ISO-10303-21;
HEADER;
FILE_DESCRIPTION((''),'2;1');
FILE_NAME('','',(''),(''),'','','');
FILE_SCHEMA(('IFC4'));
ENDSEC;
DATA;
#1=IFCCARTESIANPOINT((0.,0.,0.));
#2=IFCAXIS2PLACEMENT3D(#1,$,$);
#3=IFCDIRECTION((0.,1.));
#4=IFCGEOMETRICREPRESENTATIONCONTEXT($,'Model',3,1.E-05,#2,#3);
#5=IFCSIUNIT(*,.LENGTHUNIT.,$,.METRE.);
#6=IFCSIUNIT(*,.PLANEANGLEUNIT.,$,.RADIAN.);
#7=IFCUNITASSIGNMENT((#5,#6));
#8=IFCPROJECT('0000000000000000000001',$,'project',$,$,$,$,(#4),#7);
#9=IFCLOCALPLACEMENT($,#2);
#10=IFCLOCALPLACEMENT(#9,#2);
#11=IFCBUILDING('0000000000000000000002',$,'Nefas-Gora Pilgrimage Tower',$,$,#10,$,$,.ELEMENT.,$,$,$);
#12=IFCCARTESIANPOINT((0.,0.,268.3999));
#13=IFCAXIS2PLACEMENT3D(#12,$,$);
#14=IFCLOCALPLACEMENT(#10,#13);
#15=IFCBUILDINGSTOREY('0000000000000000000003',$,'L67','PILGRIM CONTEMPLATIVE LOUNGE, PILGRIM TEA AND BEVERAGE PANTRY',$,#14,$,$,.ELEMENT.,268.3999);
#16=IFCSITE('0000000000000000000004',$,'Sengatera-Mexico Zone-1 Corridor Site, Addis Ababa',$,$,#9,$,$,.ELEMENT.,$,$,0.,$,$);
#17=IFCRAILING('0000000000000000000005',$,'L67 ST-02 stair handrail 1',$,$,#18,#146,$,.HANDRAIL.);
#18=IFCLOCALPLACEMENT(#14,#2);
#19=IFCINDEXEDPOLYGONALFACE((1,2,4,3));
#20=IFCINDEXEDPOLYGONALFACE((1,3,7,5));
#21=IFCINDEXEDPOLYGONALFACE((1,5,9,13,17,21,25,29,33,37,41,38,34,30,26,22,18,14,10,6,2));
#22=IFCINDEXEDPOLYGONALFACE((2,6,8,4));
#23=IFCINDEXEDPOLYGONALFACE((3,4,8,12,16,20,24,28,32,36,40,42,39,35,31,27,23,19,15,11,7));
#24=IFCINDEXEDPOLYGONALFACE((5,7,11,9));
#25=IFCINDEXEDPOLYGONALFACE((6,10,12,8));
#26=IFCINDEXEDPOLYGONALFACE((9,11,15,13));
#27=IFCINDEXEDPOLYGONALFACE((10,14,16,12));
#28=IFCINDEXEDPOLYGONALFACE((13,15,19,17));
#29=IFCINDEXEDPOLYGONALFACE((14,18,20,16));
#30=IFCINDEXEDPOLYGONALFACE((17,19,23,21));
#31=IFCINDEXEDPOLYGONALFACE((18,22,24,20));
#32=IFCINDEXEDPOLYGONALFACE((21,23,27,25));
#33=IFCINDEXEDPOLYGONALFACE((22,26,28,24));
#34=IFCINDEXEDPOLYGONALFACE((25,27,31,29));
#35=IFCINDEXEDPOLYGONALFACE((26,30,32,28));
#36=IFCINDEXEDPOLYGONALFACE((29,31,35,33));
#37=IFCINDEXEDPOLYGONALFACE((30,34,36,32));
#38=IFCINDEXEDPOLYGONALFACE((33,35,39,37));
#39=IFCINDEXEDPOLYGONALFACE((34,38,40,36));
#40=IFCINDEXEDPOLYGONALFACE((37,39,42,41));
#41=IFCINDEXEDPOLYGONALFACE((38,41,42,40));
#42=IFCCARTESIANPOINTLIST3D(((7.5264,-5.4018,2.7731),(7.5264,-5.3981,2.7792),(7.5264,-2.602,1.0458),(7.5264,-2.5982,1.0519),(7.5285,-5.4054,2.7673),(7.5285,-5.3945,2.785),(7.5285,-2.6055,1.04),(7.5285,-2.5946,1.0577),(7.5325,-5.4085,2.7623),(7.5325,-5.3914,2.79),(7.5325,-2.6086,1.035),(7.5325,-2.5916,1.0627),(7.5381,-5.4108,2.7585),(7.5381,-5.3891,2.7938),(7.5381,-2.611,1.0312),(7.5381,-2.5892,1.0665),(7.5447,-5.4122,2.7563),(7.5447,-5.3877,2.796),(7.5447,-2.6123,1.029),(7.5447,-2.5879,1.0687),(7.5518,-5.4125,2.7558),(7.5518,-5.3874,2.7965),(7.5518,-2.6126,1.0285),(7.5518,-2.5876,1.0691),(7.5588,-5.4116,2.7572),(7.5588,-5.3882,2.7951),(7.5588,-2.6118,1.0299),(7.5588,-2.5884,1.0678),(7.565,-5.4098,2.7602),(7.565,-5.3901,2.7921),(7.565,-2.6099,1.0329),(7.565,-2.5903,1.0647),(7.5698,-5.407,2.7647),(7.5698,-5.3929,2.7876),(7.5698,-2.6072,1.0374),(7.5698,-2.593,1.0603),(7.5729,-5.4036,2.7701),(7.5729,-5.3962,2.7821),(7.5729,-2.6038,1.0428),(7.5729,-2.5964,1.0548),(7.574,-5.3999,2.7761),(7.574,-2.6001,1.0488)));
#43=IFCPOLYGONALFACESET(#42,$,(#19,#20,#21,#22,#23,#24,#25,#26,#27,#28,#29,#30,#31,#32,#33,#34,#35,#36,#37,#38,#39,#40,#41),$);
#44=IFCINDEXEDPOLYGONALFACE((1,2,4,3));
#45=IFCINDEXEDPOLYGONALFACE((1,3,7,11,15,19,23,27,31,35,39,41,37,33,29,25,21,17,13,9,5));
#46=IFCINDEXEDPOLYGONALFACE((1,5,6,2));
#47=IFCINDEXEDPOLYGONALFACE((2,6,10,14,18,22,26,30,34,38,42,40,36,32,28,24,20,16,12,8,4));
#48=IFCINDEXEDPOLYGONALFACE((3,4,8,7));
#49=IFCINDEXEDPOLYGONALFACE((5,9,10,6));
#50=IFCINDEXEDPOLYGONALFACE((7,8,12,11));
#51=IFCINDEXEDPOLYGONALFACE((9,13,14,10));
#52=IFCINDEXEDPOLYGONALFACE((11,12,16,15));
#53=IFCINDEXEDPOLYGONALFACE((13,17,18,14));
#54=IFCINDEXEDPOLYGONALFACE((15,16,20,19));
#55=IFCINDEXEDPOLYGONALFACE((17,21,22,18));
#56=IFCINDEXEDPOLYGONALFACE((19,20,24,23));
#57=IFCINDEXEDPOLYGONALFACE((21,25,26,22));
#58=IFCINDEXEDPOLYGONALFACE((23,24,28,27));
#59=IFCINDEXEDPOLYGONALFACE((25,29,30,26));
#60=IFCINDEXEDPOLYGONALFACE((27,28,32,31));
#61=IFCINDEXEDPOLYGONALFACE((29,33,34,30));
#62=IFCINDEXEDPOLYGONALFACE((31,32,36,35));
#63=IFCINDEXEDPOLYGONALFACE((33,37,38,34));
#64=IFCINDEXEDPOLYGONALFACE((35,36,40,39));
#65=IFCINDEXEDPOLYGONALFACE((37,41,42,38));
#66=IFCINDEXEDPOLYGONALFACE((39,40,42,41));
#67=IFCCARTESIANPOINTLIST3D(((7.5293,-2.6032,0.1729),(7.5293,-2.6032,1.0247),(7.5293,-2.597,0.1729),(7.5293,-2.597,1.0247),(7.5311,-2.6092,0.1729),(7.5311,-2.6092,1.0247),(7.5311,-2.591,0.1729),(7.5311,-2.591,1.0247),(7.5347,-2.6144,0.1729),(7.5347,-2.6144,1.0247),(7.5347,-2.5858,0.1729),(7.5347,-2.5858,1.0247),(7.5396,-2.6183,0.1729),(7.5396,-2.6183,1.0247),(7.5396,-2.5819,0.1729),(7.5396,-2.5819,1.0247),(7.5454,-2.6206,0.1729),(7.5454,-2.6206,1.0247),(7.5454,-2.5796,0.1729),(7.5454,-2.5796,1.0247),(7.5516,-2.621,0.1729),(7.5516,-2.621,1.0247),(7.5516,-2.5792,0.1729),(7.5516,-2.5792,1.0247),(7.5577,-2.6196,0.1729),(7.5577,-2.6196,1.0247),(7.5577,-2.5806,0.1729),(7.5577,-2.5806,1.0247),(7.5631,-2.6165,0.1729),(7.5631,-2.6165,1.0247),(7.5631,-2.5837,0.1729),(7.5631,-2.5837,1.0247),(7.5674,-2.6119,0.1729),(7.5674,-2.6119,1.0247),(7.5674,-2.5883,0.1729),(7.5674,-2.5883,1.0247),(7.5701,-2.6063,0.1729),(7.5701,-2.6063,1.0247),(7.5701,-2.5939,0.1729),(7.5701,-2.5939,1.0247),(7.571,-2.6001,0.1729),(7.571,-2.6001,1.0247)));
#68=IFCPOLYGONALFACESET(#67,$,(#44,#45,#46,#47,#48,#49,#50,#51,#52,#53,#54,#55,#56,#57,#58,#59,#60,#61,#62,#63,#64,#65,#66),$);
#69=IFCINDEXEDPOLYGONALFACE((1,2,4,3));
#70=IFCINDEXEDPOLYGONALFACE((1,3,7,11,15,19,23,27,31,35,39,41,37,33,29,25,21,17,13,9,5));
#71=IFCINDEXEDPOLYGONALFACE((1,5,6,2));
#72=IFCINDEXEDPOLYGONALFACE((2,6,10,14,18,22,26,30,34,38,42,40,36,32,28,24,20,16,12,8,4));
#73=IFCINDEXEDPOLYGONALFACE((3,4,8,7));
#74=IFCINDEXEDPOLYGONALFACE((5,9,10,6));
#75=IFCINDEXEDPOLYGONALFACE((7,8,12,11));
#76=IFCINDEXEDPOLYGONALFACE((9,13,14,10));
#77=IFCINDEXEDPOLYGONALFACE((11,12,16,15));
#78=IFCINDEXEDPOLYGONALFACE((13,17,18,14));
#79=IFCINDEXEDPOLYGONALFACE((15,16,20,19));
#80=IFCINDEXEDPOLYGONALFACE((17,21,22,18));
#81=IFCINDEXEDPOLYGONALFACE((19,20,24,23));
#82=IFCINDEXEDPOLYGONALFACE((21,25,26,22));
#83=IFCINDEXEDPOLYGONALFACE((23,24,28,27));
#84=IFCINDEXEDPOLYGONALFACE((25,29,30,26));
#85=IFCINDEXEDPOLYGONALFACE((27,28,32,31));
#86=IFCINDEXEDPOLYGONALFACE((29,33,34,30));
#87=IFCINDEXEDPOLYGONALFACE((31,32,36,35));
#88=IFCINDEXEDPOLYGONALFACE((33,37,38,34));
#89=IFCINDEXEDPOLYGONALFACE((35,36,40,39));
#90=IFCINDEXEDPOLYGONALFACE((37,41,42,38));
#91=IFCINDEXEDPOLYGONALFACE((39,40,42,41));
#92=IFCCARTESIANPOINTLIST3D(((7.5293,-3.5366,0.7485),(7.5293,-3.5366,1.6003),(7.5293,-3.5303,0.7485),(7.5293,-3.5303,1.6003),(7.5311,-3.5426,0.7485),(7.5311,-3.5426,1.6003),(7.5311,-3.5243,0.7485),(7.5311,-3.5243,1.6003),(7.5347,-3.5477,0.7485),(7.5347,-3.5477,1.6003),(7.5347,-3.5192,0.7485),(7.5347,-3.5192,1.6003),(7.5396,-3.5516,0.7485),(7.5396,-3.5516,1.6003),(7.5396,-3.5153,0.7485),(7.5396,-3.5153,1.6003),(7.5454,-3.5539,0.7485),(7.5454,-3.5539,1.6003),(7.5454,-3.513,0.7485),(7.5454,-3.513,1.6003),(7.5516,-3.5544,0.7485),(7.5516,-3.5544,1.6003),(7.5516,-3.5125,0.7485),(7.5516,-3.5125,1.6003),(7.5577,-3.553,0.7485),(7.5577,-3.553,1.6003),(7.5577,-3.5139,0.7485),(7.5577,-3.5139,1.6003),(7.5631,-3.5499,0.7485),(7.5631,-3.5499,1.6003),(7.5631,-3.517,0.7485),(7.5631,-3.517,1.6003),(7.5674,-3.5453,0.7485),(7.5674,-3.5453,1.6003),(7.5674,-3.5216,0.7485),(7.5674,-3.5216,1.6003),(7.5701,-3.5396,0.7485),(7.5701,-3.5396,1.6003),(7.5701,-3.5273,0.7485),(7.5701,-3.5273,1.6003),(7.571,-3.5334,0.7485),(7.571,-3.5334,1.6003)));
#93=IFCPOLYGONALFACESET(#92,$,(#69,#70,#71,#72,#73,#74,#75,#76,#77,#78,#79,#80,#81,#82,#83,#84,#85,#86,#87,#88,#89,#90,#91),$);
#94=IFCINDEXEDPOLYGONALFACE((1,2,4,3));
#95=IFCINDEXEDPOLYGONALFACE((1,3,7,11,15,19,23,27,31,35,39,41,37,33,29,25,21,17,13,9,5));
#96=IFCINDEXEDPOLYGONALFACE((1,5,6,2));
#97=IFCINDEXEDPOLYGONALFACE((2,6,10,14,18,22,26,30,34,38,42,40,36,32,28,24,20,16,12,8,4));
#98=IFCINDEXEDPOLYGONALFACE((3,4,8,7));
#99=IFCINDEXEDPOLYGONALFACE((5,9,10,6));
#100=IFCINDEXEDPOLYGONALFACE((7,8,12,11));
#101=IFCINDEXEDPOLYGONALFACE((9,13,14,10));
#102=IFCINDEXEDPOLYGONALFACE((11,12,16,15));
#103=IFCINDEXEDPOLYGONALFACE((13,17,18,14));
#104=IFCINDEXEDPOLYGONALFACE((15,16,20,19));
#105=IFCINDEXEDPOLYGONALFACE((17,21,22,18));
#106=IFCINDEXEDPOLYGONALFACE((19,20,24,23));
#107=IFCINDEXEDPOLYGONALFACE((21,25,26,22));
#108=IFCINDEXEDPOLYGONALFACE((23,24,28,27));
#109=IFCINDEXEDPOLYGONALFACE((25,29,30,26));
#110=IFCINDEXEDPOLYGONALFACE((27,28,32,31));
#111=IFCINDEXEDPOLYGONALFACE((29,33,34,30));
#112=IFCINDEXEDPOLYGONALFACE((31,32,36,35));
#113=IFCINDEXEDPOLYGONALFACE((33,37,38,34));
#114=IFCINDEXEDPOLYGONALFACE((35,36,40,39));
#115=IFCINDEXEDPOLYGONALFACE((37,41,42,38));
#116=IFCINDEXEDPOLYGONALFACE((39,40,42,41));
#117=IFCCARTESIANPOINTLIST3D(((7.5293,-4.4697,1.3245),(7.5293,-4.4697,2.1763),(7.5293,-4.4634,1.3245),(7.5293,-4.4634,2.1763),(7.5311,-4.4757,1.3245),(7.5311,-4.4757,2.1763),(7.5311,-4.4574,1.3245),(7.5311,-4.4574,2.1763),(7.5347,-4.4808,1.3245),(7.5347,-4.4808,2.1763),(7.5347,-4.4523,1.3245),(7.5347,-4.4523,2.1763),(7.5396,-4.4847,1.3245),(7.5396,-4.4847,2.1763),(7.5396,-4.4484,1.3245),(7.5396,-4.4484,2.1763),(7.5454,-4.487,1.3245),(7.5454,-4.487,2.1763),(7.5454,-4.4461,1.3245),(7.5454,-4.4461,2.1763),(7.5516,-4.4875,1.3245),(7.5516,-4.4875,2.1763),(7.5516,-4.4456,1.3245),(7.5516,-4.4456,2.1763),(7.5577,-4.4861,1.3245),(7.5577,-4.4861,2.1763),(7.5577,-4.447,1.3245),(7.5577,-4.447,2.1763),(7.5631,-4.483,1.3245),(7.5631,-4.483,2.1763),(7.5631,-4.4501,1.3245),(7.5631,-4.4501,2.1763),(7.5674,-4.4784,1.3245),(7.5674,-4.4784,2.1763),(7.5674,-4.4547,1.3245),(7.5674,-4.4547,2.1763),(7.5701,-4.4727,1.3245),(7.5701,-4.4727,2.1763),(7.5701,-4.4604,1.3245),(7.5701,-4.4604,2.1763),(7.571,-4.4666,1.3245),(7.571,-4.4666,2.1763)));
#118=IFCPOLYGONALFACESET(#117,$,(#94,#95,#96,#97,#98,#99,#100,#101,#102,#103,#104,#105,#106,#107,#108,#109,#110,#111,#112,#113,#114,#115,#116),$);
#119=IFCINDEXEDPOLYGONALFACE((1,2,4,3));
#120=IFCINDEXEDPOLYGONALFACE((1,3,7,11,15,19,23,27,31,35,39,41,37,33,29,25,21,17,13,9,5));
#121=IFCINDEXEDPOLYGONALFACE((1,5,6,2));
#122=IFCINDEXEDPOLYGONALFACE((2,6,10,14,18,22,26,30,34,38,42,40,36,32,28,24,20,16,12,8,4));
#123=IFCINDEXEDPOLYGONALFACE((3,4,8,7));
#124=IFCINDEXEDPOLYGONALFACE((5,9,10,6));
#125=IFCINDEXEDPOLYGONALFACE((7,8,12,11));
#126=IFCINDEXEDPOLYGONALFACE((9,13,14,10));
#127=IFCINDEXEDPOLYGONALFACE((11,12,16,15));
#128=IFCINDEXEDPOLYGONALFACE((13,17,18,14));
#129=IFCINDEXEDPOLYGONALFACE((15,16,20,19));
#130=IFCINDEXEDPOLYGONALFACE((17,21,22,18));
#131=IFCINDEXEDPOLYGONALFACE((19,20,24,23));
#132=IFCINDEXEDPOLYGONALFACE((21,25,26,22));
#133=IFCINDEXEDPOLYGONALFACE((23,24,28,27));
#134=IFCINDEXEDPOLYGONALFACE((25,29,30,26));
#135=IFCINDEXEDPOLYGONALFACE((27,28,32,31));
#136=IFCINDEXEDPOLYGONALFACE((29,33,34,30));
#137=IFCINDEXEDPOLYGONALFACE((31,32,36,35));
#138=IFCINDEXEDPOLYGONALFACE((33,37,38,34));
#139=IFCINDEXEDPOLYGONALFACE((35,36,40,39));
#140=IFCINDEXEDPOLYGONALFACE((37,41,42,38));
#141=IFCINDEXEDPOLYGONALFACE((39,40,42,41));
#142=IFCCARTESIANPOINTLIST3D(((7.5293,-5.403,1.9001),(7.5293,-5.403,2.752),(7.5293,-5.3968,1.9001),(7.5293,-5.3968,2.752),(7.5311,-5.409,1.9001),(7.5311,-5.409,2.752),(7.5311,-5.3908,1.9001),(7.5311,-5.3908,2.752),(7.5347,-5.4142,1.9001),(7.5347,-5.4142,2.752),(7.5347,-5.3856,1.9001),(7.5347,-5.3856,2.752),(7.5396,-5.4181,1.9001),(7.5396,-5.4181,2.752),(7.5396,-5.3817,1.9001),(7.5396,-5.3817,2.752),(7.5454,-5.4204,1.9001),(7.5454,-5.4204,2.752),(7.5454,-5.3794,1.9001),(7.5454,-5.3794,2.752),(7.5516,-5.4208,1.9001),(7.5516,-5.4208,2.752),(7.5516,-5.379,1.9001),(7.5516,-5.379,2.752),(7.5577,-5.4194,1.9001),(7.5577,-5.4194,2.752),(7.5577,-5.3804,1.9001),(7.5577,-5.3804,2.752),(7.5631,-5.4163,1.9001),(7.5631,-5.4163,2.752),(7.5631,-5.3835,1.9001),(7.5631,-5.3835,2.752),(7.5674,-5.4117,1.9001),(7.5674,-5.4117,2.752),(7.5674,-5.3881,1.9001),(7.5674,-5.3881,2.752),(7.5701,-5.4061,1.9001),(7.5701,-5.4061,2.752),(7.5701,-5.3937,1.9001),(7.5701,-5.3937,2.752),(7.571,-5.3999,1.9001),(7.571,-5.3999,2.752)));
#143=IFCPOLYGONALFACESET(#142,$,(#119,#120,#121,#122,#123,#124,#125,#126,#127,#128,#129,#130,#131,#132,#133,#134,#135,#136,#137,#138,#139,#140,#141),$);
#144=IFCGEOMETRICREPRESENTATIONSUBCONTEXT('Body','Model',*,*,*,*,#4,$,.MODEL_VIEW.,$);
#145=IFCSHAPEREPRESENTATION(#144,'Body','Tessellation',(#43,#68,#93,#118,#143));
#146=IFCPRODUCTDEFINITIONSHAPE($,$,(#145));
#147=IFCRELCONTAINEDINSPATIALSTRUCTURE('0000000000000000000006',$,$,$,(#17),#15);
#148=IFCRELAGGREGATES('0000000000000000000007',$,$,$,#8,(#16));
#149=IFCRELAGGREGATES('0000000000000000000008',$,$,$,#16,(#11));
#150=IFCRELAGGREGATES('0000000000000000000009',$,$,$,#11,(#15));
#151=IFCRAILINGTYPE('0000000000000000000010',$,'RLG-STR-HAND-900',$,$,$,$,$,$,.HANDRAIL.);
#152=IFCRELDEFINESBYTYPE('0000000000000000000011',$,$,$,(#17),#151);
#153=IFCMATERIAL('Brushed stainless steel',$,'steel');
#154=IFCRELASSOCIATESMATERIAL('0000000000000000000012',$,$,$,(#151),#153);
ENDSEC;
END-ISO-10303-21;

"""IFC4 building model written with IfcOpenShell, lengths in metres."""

from ifc_helpers import new_model, si_unit, direction, frame, origin, origin_2d, place, context, subcontext, project, spatial, circle, extrude, material, type_object, element, save


model = new_model("IFC4")

# Units and contexts
model_context = context("Model", 3, precision=1e-05, world=origin(), true_north=direction((0.0, 1.0)))
body_context = subcontext(model_context, "Body", "Model", "MODEL_VIEW")
ifc_project = project(units=[si_unit("LENGTHUNIT", "METRE"), si_unit("PLANEANGLEUNIT", "RADIAN")], contexts=[model_context])

# Site, building, storey
site_placement = place(None, origin())
site = spatial("IfcSite", under=ifc_project, at=site_placement, Name="Sengatera-Mexico Zone-1 Corridor Site, Addis Ababa", CompositionType="ELEMENT", RefElevation=0.0)
building_placement = place(site_placement, origin())
building = spatial("IfcBuilding", under=site, at=building_placement, Name="Nefas-Gora Pilgrimage Tower", CompositionType="ELEMENT")
storey_placement = place(building_placement, frame((0.0, 0.0, 268.3999)))
storey = spatial("IfcBuildingStorey", under=building, at=storey_placement, Name="L67", Description="PILGRIM CONTEMPLATIVE LOUNGE, PILGRIM TEA AND BEVERAGE PANTRY", CompositionType="ELEMENT", Elevation=268.3999)

# Railing
ifc_material_1 = material(Name="Brushed stainless steel", Category="steel")
railing_type_1 = type_object("IfcRailingType", Name="RLG-STR-HAND-900", PredefinedType="HANDRAIL", material=ifc_material_1)
railing_1_placement = place(storey_placement, frame((7.55, -2.6001, 0.1729)))
element("IfcRailing", 1, at=railing_1_placement, inside=storey, type_object=railing_type_1, Name="L67 ST-02 stair handrail 1", PredefinedType="HANDRAIL", context=body_context, shape_type="SweptSolid", body=[
    extrude(circle(Radius=0.0239, at=origin_2d()), frame((0.0, 0.0, 0.876), z_axis=(0.0, -0.851069, 0.525054), x_axis=(1.0, 0.0, 0.0)), (0.0, 0.0, 1.0), 3.2898),
    extrude(circle(Radius=0.021, at=origin_2d()), origin(), (0.0, 0.0, 1.0), 0.8518),
    extrude(circle(Radius=0.021, at=origin_2d()), frame((0.0, -0.9333, 0.5757)), (0.0, 0.0, 1.0), 0.8518),
    extrude(circle(Radius=0.021, at=origin_2d()), frame((0.0, -1.8665, 1.1516)), (0.0, 0.0, 1.0), 0.8518),
    extrude(circle(Radius=0.021, at=origin_2d()), frame((0.0, -2.7998, 1.7273)), (0.0, 0.0, 1.0), 0.8518),
])

save(model, "model.ifc")
